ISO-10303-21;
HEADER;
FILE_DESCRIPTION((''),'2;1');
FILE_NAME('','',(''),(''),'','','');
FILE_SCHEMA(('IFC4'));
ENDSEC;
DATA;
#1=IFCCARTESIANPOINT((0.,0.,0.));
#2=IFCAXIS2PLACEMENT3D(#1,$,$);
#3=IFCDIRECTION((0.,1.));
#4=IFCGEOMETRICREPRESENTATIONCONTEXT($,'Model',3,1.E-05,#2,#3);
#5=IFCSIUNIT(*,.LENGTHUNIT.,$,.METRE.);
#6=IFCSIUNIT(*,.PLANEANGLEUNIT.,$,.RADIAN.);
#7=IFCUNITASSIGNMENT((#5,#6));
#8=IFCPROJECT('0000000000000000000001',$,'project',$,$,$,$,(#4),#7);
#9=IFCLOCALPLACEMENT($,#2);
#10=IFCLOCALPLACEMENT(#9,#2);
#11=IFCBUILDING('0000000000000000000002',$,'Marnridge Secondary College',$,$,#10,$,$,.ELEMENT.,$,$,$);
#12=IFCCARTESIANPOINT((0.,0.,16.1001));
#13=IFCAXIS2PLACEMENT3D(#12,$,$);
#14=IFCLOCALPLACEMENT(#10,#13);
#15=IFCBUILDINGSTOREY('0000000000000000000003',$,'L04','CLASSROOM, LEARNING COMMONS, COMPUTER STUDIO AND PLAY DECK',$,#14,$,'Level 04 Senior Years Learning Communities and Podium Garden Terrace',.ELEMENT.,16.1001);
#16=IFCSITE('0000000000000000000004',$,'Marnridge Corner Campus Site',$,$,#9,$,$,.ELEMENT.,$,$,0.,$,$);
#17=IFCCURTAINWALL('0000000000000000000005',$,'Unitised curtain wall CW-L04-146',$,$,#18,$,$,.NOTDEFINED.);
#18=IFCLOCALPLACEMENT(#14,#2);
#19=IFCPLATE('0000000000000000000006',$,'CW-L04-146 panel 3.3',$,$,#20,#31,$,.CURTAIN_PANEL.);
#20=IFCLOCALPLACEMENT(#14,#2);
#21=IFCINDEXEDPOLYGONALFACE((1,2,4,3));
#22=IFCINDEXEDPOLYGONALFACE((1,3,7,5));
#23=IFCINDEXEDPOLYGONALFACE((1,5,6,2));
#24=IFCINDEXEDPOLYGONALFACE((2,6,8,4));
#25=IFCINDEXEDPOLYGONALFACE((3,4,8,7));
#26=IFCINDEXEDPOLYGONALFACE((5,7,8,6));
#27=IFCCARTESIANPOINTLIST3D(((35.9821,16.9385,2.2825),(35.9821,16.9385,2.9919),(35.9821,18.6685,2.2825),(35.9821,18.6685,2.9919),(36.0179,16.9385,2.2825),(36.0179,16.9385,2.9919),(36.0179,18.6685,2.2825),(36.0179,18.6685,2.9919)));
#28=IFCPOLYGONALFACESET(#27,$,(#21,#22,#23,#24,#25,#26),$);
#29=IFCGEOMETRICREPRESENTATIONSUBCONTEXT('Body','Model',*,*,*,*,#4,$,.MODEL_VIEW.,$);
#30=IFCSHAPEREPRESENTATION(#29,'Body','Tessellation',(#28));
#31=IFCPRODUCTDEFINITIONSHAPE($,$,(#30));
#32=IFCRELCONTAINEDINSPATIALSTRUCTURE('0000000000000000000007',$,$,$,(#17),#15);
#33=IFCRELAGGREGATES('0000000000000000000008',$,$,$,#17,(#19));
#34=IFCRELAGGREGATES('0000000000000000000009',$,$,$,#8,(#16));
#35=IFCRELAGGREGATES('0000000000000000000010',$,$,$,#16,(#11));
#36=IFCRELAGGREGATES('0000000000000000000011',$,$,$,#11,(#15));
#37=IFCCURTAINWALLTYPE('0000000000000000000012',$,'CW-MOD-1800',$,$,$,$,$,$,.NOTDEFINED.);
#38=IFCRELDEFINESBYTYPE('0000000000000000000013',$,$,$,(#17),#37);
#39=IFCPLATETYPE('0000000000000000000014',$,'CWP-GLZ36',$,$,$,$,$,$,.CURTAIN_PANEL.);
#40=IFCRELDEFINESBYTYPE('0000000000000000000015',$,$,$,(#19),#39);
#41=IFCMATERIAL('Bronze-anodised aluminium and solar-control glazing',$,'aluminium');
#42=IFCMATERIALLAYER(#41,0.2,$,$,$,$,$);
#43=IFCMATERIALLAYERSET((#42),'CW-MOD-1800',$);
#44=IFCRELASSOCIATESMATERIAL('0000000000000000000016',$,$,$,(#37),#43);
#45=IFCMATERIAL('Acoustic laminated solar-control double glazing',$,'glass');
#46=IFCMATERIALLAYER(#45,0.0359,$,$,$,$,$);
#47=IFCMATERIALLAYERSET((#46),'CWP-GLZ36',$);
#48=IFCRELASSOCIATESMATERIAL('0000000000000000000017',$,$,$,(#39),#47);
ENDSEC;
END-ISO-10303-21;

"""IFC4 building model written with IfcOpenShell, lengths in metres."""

from ifc_helpers import new_model, si_unit, direction, frame, origin, origin_2d, place, context, subcontext, project, spatial, rectangle, extrude, material, layer, layer_set, type_object, element, aggregate, save


model = new_model("IFC4")

# Units and contexts
model_context = context("Model", 3, precision=1e-05, world=origin(), true_north=direction((0.0, 1.0)))
body_context = subcontext(model_context, "Body", "Model", "MODEL_VIEW")
ifc_project = project(units=[si_unit("LENGTHUNIT", "METRE"), si_unit("PLANEANGLEUNIT", "RADIAN")], contexts=[model_context])

# Site, building, storey
site_placement = place(None, origin())
site = spatial("IfcSite", under=ifc_project, at=site_placement, Name="Marnridge Corner Campus Site", CompositionType="ELEMENT", RefElevation=0.0)
building_placement = place(site_placement, origin())
building = spatial("IfcBuilding", under=site, at=building_placement, Name="Marnridge Secondary College", CompositionType="ELEMENT")
storey_placement = place(building_placement, frame((0.0, 0.0, 16.1001)))
storey = spatial("IfcBuildingStorey", under=building, at=storey_placement, Name="L04", Description="CLASSROOM, LEARNING COMMONS, COMPUTER STUDIO AND PLAY DECK", LongName="Level 04 Senior Years Learning Communities and Podium Garden Terrace", CompositionType="ELEMENT", Elevation=16.1001)

# Shared definitions
ifc_material_1 = material(Name="Bronze-anodised aluminium and solar-control glazing", Category="aluminium")
ifc_layer_1 = layer(ifc_material_1, 0.2)
ifc_layer_set_1 = layer_set([ifc_layer_1], Name="CW-MOD-1800")
curtain_wall_type = type_object("IfcCurtainWallType", Name="CW-MOD-1800", PredefinedType="NOTDEFINED", material=ifc_layer_set_1)

# Curtain wall
curtain_wall_1_placement = place(storey_placement, origin())
curtain_wall_1 = element("IfcCurtainWall", 1, at=curtain_wall_1_placement, inside=storey, type_object=curtain_wall_type, Name="Unitised curtain wall CW-L04-146", PredefinedType="NOTDEFINED")

# Plate
ifc_material_2 = material(Name="Acoustic laminated solar-control double glazing", Category="glass")
ifc_layer_2 = layer(ifc_material_2, 0.0359)
ifc_layer_set_2 = layer_set([ifc_layer_2], Name="CWP-GLZ36")
plate_type = type_object("IfcPlateType", Name="CWP-GLZ36", PredefinedType="CURTAIN_PANEL", material=ifc_layer_set_2)
plate_1_placement = place(storey_placement, frame((36.0, 17.8035, 2.2825), z_axis=(0.0, 0.0, 1.0), x_axis=(0.0, -1.0, 0.0)))
plate_1 = element("IfcPlate", 2, at=plate_1_placement, type_object=plate_type, Name="CW-L04-146 panel 3.3", PredefinedType="CURTAIN_PANEL", context=body_context, shape_type="SweptSolid", body=[
    extrude(rectangle(XDim=1.73, YDim=0.0359, at=origin_2d()), origin(), (0.0, 0.0, 1.0), 0.7095),
])
aggregate(curtain_wall_1, [plate_1])

save(model, "model.ifc")
